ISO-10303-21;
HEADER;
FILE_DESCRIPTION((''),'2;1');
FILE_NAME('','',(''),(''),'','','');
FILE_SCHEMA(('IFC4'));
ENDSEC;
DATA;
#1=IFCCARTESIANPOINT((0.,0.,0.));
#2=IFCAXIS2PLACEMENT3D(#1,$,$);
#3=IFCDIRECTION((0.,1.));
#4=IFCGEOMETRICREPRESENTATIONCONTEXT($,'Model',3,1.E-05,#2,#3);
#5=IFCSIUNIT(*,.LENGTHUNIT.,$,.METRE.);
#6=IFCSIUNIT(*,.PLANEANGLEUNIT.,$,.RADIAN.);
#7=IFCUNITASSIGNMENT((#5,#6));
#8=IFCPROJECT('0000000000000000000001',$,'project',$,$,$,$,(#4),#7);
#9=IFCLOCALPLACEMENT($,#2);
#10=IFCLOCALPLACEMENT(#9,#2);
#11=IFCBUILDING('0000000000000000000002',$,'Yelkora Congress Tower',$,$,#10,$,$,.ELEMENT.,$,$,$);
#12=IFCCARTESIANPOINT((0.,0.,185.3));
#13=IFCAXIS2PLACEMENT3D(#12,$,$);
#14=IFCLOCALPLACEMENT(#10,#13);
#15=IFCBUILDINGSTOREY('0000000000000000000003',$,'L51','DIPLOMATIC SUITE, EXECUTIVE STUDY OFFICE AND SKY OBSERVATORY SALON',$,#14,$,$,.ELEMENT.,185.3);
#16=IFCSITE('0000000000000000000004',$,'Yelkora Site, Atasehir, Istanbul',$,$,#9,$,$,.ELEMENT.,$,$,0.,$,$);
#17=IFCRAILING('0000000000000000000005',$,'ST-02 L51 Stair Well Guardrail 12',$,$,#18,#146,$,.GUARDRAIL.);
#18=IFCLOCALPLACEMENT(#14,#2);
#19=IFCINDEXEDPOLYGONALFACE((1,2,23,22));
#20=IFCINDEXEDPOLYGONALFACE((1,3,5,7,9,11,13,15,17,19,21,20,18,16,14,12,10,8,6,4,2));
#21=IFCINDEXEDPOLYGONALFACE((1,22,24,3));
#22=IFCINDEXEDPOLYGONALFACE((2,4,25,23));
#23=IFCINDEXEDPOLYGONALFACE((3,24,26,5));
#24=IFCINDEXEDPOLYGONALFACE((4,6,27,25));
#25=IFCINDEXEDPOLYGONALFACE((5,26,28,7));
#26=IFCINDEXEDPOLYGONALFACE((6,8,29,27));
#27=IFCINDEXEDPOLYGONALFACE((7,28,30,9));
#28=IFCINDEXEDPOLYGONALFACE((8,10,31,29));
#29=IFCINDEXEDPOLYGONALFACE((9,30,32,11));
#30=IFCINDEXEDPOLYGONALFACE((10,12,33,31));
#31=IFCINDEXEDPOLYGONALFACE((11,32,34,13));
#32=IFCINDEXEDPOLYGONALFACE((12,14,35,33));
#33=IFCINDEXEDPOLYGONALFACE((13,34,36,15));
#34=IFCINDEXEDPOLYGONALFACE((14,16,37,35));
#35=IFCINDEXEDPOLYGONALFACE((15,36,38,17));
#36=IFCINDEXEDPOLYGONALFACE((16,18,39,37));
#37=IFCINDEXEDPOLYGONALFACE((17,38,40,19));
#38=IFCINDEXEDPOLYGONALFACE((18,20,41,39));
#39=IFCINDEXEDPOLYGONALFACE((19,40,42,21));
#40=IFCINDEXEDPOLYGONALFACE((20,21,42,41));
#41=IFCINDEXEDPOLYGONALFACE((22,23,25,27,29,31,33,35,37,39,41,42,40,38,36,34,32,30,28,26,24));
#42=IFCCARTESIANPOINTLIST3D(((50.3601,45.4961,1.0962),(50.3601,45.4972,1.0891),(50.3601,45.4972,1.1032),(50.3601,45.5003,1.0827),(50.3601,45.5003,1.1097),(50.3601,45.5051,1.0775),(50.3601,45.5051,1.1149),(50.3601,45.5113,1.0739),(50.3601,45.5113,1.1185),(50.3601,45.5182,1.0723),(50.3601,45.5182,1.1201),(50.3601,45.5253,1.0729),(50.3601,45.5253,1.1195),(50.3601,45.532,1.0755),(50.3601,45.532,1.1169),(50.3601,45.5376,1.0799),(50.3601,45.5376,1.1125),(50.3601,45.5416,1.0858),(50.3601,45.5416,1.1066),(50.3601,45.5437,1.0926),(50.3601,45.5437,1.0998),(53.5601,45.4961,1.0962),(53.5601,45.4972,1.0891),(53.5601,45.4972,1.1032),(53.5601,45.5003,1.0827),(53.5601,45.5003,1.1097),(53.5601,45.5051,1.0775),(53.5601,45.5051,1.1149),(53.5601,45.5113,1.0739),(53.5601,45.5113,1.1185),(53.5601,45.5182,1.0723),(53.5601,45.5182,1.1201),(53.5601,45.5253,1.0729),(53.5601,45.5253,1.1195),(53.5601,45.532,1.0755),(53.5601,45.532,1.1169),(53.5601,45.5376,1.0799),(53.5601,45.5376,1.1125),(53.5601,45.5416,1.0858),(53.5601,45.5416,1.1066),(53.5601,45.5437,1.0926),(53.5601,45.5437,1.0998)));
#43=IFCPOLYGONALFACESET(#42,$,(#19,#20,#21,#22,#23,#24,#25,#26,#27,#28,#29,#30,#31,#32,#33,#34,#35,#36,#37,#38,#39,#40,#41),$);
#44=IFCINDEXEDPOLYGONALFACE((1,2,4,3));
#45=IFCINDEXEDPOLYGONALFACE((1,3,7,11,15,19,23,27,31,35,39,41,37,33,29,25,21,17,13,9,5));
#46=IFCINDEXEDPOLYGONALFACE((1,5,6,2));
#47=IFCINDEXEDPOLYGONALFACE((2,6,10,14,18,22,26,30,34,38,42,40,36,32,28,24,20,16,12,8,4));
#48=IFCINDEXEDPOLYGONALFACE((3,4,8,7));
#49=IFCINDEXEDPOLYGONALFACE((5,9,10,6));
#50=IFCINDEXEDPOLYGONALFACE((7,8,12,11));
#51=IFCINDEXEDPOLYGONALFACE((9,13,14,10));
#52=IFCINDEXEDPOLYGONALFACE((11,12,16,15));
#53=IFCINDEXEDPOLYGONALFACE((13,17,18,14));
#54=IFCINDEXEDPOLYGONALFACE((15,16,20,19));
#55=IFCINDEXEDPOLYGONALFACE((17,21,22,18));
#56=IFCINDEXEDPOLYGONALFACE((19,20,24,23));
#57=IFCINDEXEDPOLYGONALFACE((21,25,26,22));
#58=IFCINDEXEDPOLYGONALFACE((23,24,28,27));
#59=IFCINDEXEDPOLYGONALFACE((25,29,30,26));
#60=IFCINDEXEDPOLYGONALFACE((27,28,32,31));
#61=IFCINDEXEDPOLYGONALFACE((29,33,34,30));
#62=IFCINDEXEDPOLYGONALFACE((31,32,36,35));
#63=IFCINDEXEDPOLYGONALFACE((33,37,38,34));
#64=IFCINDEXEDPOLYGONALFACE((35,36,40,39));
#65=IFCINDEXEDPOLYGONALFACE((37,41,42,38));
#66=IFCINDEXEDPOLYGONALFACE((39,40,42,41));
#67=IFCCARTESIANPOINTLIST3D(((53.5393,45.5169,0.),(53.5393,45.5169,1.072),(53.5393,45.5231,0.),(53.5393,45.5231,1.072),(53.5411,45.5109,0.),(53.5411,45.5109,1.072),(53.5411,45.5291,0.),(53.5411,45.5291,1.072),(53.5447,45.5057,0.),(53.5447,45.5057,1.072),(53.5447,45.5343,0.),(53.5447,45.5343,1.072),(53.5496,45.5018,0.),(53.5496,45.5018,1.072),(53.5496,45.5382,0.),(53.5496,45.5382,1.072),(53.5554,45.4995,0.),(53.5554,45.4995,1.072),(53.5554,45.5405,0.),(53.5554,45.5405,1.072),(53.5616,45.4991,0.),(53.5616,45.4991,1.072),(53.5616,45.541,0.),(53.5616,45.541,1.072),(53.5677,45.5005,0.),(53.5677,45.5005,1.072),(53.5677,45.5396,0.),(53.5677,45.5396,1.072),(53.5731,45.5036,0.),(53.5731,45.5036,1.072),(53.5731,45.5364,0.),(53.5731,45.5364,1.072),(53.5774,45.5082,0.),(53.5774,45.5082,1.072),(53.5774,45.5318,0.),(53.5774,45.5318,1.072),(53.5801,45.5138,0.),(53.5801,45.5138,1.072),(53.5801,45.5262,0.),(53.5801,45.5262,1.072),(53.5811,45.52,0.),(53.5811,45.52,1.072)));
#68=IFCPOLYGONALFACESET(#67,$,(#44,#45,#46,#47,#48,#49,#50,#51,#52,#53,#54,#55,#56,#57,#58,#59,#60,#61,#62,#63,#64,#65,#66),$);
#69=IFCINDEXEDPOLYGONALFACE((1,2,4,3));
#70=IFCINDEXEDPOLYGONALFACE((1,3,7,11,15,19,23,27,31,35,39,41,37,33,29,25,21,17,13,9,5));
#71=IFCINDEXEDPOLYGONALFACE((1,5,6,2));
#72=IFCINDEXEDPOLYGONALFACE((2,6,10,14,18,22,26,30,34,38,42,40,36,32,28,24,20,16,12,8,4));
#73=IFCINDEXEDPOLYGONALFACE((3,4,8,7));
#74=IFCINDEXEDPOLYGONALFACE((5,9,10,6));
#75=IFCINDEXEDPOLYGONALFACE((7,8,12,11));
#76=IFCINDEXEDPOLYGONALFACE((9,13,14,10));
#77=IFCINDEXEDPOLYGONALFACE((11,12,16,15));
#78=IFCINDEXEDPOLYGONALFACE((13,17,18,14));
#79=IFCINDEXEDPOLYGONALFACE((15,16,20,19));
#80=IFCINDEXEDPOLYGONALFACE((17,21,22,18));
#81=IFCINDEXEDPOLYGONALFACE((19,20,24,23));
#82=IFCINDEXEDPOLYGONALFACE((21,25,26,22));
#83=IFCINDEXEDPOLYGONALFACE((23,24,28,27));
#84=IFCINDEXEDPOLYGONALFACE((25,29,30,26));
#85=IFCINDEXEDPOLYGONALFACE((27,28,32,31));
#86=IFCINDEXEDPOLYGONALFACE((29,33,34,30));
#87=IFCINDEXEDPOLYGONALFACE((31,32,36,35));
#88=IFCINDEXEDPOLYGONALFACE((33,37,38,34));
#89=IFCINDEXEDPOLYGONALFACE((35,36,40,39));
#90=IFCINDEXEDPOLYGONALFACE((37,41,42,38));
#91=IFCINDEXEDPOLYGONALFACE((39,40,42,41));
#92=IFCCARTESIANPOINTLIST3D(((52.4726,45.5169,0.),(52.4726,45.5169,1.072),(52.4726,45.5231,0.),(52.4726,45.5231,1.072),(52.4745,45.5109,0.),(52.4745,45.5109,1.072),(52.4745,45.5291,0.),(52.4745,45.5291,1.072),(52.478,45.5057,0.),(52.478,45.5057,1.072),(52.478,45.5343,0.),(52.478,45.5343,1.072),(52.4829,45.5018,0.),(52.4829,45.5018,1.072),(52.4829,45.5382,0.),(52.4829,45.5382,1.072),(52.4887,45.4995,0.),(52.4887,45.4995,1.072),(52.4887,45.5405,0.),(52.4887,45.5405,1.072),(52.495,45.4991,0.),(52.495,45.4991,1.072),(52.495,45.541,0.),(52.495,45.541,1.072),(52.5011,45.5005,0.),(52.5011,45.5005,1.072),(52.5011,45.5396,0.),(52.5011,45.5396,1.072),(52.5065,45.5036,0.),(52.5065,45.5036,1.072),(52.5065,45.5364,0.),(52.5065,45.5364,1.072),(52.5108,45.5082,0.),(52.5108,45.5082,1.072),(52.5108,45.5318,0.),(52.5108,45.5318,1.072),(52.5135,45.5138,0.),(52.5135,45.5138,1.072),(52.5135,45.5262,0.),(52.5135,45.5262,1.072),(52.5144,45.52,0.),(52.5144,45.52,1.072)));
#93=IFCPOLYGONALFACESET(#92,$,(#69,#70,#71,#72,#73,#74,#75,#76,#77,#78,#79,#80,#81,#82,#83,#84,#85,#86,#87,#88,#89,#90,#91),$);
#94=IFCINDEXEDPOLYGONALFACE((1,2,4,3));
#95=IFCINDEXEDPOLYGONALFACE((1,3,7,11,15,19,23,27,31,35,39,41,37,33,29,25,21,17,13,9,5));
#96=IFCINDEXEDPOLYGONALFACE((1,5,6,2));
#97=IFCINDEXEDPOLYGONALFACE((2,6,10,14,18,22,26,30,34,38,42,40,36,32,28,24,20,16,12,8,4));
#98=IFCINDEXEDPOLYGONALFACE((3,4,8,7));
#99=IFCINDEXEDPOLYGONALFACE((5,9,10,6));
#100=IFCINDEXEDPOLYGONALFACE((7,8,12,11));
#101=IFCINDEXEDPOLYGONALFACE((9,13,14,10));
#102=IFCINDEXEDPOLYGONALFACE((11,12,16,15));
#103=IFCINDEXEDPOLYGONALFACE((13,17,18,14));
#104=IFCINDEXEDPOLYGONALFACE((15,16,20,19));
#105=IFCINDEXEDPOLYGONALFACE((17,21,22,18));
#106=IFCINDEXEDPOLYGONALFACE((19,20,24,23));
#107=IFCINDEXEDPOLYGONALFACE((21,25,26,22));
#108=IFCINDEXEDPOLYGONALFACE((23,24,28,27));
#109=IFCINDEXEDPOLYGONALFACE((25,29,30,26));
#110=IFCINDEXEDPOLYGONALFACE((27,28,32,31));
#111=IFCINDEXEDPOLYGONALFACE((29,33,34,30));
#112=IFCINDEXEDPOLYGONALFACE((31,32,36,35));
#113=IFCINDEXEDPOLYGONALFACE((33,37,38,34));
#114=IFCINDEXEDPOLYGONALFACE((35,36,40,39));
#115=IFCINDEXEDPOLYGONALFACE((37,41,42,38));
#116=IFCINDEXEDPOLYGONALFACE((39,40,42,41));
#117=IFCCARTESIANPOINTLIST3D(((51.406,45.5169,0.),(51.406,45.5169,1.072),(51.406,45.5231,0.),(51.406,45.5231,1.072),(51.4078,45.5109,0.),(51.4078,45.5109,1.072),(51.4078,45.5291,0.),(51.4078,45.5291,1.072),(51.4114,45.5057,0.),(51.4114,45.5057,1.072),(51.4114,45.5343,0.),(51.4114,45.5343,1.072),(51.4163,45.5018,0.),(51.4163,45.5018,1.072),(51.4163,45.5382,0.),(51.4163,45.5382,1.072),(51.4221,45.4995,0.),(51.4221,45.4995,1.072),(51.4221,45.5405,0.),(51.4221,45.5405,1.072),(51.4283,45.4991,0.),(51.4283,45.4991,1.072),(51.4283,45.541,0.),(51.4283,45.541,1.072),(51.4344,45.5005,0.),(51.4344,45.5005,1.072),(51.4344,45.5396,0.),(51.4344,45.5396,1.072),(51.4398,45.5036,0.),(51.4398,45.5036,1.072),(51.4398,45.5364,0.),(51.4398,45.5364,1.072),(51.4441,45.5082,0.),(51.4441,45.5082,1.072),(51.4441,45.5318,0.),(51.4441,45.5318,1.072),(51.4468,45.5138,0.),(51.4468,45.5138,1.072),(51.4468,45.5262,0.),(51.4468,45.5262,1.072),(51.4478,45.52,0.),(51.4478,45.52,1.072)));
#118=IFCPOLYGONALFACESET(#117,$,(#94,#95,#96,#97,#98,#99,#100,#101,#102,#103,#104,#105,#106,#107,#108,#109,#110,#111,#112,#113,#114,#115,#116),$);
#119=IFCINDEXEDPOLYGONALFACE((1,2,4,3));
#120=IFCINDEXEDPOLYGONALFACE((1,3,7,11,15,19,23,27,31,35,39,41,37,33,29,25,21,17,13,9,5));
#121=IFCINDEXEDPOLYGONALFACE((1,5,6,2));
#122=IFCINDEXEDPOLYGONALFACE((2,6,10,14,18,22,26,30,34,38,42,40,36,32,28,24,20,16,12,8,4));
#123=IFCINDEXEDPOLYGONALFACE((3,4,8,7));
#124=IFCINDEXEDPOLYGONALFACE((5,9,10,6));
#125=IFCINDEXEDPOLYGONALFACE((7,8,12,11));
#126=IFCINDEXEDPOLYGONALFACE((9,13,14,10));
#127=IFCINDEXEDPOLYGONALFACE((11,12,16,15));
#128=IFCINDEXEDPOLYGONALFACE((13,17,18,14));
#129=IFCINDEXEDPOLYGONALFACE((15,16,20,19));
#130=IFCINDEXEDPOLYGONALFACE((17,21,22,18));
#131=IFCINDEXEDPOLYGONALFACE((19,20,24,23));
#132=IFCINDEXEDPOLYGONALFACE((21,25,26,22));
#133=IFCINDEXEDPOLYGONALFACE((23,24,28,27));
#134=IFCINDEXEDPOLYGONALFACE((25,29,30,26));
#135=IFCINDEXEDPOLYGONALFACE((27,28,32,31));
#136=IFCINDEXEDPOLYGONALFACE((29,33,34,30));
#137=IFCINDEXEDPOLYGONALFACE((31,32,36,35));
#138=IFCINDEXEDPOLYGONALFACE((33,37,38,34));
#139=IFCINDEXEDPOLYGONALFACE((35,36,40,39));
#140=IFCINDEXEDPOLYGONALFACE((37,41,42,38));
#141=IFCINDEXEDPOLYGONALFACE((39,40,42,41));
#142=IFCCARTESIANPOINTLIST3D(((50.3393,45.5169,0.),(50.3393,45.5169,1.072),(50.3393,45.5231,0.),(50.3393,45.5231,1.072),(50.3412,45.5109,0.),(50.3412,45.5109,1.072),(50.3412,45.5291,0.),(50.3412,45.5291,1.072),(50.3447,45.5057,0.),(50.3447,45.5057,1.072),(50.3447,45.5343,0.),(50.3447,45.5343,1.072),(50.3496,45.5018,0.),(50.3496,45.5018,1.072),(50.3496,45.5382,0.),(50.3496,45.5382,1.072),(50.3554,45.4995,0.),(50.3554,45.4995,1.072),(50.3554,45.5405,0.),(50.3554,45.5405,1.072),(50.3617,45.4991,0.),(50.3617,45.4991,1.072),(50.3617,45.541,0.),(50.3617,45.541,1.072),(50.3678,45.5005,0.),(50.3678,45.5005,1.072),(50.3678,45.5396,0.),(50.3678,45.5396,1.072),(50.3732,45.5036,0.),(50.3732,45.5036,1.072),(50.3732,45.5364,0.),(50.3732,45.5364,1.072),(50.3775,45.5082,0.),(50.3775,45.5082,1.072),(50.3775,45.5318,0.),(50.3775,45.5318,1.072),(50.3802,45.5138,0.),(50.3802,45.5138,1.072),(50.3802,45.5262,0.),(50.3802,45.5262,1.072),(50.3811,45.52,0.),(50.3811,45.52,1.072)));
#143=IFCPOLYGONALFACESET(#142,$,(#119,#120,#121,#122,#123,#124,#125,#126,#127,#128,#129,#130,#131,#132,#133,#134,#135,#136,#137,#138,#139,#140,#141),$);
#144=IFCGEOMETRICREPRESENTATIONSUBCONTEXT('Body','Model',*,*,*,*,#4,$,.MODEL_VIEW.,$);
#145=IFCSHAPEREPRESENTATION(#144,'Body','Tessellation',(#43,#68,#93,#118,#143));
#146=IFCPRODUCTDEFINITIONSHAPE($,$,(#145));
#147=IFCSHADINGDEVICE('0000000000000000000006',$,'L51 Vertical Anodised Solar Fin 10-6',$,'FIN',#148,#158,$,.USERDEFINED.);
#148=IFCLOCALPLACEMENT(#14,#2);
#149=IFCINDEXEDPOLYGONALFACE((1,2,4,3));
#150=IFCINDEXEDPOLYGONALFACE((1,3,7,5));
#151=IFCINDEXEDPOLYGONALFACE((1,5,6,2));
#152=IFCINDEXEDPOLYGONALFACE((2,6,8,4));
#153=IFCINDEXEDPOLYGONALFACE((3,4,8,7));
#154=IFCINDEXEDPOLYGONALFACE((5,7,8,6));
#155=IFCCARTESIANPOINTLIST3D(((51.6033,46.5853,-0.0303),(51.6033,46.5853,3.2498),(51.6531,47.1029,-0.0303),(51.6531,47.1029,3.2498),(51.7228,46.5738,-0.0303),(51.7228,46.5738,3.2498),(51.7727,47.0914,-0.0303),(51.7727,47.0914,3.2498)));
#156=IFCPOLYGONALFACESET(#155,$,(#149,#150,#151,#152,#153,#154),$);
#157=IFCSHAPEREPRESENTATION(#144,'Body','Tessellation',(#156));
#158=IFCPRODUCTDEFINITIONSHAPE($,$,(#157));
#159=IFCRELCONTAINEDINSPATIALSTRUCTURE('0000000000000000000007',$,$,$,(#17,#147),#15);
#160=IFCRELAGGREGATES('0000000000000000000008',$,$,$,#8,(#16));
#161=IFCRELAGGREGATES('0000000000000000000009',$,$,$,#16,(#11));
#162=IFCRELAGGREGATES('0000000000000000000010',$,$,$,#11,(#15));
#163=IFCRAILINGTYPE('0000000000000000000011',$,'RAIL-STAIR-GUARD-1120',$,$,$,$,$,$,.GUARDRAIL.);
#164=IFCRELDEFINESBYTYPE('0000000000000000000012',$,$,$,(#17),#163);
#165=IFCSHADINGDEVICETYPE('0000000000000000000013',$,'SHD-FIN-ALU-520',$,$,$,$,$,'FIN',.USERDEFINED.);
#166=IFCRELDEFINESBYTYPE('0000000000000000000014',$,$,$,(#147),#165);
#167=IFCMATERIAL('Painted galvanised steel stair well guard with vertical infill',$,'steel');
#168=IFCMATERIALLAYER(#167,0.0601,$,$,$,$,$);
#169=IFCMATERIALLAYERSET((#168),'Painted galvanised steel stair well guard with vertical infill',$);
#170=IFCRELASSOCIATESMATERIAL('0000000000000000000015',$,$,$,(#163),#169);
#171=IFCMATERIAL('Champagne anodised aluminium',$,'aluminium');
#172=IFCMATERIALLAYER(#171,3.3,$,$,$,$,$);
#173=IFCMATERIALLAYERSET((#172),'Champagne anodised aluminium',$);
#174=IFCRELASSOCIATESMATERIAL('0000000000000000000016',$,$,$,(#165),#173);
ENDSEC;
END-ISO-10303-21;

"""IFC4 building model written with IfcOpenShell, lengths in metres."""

from ifc_helpers import new_model, si_unit, direction, frame, origin, origin_2d, place, context, subcontext, project, spatial, rectangle, circle, extrude, material, layer, layer_set, type_object, element, save


model = new_model("IFC4")

# Units and contexts
model_context = context("Model", 3, precision=1e-05, world=origin(), true_north=direction((0.0, 1.0)))
body_context = subcontext(model_context, "Body", "Model", "MODEL_VIEW")
ifc_project = project(units=[si_unit("LENGTHUNIT", "METRE"), si_unit("PLANEANGLEUNIT", "RADIAN")], contexts=[model_context])

# Site, building, storey
site_placement = place(None, origin())
site = spatial("IfcSite", under=ifc_project, at=site_placement, Name="Yelkora Site, Atasehir, Istanbul", CompositionType="ELEMENT", RefElevation=0.0)
building_placement = place(site_placement, origin())
building = spatial("IfcBuilding", under=site, at=building_placement, Name="Yelkora Congress Tower", CompositionType="ELEMENT")
storey_placement = place(building_placement, frame((0.0, 0.0, 185.3)))
storey = spatial("IfcBuildingStorey", under=building, at=storey_placement, Name="L51", Description="DIPLOMATIC SUITE, EXECUTIVE STUDY OFFICE AND SKY OBSERVATORY SALON", CompositionType="ELEMENT", Elevation=185.3)

# Railing
ifc_material_1 = material(Name="Painted galvanised steel stair well guard with vertical infill", Category="steel")
ifc_layer_1 = layer(ifc_material_1, 0.0601)
ifc_layer_set_1 = layer_set([ifc_layer_1], Name="Painted galvanised steel stair well guard with vertical infill")
railing_type = type_object("IfcRailingType", Name="RAIL-STAIR-GUARD-1120", PredefinedType="GUARDRAIL", material=ifc_layer_set_1)
railing_1_placement = place(storey_placement, frame((53.5601, 45.52, 0.0)))
element("IfcRailing", 1, at=railing_1_placement, inside=storey, type_object=railing_type, Name="ST-02 L51 Stair Well Guardrail 12", PredefinedType="GUARDRAIL", context=body_context, shape_type="SweptSolid", body=[
    extrude(circle(Radius=0.0239, at=origin_2d()), frame((0.0, 0.0, 1.0962), z_axis=(-1.0, 0.0, 0.0), x_axis=(0.0, -1.0, 0.0)), (0.0, 0.0, 1.0), 3.2),
    extrude(circle(Radius=0.021, at=origin_2d()), origin(), (0.0, 0.0, 1.0), 1.072),
    extrude(circle(Radius=0.021, at=origin_2d()), frame((-1.0667, 0.0, 0.0)), (0.0, 0.0, 1.0), 1.072),
    extrude(circle(Radius=0.021, at=origin_2d()), frame((-2.1333, 0.0, 0.0)), (0.0, 0.0, 1.0), 1.072),
    extrude(circle(Radius=0.021, at=origin_2d()), frame((-3.2, 0.0, 0.0)), (0.0, 0.0, 1.0), 1.072),
])

# Shading device
ifc_material_2 = material(Name="Champagne anodised aluminium", Category="aluminium")
ifc_layer_2 = layer(ifc_material_2, 3.3)
ifc_layer_set_2 = layer_set([ifc_layer_2], Name="Champagne anodised aluminium")
shading_device_type = type_object("IfcShadingDeviceType", Name="SHD-FIN-ALU-520", ElementType="FIN", PredefinedType="USERDEFINED", material=ifc_layer_set_2)
shading_device_placement = place(storey_placement, frame((51.688, 46.8384, -0.0303), z_axis=(0.0, 0.0, 1.0), x_axis=(0.995396, -0.095846, 0.0)))
element("IfcShadingDevice", 2, at=shading_device_placement, inside=storey, type_object=shading_device_type, Name="L51 Vertical Anodised Solar Fin 10-6", ObjectType="FIN", PredefinedType="USERDEFINED", context=body_context, shape_type="SweptSolid", body=[
    extrude(rectangle(XDim=0.1201, YDim=0.52, at=origin_2d()), origin(), (0.0, 0.0, 1.0), 3.28),
])

save(model, "model.ifc")
